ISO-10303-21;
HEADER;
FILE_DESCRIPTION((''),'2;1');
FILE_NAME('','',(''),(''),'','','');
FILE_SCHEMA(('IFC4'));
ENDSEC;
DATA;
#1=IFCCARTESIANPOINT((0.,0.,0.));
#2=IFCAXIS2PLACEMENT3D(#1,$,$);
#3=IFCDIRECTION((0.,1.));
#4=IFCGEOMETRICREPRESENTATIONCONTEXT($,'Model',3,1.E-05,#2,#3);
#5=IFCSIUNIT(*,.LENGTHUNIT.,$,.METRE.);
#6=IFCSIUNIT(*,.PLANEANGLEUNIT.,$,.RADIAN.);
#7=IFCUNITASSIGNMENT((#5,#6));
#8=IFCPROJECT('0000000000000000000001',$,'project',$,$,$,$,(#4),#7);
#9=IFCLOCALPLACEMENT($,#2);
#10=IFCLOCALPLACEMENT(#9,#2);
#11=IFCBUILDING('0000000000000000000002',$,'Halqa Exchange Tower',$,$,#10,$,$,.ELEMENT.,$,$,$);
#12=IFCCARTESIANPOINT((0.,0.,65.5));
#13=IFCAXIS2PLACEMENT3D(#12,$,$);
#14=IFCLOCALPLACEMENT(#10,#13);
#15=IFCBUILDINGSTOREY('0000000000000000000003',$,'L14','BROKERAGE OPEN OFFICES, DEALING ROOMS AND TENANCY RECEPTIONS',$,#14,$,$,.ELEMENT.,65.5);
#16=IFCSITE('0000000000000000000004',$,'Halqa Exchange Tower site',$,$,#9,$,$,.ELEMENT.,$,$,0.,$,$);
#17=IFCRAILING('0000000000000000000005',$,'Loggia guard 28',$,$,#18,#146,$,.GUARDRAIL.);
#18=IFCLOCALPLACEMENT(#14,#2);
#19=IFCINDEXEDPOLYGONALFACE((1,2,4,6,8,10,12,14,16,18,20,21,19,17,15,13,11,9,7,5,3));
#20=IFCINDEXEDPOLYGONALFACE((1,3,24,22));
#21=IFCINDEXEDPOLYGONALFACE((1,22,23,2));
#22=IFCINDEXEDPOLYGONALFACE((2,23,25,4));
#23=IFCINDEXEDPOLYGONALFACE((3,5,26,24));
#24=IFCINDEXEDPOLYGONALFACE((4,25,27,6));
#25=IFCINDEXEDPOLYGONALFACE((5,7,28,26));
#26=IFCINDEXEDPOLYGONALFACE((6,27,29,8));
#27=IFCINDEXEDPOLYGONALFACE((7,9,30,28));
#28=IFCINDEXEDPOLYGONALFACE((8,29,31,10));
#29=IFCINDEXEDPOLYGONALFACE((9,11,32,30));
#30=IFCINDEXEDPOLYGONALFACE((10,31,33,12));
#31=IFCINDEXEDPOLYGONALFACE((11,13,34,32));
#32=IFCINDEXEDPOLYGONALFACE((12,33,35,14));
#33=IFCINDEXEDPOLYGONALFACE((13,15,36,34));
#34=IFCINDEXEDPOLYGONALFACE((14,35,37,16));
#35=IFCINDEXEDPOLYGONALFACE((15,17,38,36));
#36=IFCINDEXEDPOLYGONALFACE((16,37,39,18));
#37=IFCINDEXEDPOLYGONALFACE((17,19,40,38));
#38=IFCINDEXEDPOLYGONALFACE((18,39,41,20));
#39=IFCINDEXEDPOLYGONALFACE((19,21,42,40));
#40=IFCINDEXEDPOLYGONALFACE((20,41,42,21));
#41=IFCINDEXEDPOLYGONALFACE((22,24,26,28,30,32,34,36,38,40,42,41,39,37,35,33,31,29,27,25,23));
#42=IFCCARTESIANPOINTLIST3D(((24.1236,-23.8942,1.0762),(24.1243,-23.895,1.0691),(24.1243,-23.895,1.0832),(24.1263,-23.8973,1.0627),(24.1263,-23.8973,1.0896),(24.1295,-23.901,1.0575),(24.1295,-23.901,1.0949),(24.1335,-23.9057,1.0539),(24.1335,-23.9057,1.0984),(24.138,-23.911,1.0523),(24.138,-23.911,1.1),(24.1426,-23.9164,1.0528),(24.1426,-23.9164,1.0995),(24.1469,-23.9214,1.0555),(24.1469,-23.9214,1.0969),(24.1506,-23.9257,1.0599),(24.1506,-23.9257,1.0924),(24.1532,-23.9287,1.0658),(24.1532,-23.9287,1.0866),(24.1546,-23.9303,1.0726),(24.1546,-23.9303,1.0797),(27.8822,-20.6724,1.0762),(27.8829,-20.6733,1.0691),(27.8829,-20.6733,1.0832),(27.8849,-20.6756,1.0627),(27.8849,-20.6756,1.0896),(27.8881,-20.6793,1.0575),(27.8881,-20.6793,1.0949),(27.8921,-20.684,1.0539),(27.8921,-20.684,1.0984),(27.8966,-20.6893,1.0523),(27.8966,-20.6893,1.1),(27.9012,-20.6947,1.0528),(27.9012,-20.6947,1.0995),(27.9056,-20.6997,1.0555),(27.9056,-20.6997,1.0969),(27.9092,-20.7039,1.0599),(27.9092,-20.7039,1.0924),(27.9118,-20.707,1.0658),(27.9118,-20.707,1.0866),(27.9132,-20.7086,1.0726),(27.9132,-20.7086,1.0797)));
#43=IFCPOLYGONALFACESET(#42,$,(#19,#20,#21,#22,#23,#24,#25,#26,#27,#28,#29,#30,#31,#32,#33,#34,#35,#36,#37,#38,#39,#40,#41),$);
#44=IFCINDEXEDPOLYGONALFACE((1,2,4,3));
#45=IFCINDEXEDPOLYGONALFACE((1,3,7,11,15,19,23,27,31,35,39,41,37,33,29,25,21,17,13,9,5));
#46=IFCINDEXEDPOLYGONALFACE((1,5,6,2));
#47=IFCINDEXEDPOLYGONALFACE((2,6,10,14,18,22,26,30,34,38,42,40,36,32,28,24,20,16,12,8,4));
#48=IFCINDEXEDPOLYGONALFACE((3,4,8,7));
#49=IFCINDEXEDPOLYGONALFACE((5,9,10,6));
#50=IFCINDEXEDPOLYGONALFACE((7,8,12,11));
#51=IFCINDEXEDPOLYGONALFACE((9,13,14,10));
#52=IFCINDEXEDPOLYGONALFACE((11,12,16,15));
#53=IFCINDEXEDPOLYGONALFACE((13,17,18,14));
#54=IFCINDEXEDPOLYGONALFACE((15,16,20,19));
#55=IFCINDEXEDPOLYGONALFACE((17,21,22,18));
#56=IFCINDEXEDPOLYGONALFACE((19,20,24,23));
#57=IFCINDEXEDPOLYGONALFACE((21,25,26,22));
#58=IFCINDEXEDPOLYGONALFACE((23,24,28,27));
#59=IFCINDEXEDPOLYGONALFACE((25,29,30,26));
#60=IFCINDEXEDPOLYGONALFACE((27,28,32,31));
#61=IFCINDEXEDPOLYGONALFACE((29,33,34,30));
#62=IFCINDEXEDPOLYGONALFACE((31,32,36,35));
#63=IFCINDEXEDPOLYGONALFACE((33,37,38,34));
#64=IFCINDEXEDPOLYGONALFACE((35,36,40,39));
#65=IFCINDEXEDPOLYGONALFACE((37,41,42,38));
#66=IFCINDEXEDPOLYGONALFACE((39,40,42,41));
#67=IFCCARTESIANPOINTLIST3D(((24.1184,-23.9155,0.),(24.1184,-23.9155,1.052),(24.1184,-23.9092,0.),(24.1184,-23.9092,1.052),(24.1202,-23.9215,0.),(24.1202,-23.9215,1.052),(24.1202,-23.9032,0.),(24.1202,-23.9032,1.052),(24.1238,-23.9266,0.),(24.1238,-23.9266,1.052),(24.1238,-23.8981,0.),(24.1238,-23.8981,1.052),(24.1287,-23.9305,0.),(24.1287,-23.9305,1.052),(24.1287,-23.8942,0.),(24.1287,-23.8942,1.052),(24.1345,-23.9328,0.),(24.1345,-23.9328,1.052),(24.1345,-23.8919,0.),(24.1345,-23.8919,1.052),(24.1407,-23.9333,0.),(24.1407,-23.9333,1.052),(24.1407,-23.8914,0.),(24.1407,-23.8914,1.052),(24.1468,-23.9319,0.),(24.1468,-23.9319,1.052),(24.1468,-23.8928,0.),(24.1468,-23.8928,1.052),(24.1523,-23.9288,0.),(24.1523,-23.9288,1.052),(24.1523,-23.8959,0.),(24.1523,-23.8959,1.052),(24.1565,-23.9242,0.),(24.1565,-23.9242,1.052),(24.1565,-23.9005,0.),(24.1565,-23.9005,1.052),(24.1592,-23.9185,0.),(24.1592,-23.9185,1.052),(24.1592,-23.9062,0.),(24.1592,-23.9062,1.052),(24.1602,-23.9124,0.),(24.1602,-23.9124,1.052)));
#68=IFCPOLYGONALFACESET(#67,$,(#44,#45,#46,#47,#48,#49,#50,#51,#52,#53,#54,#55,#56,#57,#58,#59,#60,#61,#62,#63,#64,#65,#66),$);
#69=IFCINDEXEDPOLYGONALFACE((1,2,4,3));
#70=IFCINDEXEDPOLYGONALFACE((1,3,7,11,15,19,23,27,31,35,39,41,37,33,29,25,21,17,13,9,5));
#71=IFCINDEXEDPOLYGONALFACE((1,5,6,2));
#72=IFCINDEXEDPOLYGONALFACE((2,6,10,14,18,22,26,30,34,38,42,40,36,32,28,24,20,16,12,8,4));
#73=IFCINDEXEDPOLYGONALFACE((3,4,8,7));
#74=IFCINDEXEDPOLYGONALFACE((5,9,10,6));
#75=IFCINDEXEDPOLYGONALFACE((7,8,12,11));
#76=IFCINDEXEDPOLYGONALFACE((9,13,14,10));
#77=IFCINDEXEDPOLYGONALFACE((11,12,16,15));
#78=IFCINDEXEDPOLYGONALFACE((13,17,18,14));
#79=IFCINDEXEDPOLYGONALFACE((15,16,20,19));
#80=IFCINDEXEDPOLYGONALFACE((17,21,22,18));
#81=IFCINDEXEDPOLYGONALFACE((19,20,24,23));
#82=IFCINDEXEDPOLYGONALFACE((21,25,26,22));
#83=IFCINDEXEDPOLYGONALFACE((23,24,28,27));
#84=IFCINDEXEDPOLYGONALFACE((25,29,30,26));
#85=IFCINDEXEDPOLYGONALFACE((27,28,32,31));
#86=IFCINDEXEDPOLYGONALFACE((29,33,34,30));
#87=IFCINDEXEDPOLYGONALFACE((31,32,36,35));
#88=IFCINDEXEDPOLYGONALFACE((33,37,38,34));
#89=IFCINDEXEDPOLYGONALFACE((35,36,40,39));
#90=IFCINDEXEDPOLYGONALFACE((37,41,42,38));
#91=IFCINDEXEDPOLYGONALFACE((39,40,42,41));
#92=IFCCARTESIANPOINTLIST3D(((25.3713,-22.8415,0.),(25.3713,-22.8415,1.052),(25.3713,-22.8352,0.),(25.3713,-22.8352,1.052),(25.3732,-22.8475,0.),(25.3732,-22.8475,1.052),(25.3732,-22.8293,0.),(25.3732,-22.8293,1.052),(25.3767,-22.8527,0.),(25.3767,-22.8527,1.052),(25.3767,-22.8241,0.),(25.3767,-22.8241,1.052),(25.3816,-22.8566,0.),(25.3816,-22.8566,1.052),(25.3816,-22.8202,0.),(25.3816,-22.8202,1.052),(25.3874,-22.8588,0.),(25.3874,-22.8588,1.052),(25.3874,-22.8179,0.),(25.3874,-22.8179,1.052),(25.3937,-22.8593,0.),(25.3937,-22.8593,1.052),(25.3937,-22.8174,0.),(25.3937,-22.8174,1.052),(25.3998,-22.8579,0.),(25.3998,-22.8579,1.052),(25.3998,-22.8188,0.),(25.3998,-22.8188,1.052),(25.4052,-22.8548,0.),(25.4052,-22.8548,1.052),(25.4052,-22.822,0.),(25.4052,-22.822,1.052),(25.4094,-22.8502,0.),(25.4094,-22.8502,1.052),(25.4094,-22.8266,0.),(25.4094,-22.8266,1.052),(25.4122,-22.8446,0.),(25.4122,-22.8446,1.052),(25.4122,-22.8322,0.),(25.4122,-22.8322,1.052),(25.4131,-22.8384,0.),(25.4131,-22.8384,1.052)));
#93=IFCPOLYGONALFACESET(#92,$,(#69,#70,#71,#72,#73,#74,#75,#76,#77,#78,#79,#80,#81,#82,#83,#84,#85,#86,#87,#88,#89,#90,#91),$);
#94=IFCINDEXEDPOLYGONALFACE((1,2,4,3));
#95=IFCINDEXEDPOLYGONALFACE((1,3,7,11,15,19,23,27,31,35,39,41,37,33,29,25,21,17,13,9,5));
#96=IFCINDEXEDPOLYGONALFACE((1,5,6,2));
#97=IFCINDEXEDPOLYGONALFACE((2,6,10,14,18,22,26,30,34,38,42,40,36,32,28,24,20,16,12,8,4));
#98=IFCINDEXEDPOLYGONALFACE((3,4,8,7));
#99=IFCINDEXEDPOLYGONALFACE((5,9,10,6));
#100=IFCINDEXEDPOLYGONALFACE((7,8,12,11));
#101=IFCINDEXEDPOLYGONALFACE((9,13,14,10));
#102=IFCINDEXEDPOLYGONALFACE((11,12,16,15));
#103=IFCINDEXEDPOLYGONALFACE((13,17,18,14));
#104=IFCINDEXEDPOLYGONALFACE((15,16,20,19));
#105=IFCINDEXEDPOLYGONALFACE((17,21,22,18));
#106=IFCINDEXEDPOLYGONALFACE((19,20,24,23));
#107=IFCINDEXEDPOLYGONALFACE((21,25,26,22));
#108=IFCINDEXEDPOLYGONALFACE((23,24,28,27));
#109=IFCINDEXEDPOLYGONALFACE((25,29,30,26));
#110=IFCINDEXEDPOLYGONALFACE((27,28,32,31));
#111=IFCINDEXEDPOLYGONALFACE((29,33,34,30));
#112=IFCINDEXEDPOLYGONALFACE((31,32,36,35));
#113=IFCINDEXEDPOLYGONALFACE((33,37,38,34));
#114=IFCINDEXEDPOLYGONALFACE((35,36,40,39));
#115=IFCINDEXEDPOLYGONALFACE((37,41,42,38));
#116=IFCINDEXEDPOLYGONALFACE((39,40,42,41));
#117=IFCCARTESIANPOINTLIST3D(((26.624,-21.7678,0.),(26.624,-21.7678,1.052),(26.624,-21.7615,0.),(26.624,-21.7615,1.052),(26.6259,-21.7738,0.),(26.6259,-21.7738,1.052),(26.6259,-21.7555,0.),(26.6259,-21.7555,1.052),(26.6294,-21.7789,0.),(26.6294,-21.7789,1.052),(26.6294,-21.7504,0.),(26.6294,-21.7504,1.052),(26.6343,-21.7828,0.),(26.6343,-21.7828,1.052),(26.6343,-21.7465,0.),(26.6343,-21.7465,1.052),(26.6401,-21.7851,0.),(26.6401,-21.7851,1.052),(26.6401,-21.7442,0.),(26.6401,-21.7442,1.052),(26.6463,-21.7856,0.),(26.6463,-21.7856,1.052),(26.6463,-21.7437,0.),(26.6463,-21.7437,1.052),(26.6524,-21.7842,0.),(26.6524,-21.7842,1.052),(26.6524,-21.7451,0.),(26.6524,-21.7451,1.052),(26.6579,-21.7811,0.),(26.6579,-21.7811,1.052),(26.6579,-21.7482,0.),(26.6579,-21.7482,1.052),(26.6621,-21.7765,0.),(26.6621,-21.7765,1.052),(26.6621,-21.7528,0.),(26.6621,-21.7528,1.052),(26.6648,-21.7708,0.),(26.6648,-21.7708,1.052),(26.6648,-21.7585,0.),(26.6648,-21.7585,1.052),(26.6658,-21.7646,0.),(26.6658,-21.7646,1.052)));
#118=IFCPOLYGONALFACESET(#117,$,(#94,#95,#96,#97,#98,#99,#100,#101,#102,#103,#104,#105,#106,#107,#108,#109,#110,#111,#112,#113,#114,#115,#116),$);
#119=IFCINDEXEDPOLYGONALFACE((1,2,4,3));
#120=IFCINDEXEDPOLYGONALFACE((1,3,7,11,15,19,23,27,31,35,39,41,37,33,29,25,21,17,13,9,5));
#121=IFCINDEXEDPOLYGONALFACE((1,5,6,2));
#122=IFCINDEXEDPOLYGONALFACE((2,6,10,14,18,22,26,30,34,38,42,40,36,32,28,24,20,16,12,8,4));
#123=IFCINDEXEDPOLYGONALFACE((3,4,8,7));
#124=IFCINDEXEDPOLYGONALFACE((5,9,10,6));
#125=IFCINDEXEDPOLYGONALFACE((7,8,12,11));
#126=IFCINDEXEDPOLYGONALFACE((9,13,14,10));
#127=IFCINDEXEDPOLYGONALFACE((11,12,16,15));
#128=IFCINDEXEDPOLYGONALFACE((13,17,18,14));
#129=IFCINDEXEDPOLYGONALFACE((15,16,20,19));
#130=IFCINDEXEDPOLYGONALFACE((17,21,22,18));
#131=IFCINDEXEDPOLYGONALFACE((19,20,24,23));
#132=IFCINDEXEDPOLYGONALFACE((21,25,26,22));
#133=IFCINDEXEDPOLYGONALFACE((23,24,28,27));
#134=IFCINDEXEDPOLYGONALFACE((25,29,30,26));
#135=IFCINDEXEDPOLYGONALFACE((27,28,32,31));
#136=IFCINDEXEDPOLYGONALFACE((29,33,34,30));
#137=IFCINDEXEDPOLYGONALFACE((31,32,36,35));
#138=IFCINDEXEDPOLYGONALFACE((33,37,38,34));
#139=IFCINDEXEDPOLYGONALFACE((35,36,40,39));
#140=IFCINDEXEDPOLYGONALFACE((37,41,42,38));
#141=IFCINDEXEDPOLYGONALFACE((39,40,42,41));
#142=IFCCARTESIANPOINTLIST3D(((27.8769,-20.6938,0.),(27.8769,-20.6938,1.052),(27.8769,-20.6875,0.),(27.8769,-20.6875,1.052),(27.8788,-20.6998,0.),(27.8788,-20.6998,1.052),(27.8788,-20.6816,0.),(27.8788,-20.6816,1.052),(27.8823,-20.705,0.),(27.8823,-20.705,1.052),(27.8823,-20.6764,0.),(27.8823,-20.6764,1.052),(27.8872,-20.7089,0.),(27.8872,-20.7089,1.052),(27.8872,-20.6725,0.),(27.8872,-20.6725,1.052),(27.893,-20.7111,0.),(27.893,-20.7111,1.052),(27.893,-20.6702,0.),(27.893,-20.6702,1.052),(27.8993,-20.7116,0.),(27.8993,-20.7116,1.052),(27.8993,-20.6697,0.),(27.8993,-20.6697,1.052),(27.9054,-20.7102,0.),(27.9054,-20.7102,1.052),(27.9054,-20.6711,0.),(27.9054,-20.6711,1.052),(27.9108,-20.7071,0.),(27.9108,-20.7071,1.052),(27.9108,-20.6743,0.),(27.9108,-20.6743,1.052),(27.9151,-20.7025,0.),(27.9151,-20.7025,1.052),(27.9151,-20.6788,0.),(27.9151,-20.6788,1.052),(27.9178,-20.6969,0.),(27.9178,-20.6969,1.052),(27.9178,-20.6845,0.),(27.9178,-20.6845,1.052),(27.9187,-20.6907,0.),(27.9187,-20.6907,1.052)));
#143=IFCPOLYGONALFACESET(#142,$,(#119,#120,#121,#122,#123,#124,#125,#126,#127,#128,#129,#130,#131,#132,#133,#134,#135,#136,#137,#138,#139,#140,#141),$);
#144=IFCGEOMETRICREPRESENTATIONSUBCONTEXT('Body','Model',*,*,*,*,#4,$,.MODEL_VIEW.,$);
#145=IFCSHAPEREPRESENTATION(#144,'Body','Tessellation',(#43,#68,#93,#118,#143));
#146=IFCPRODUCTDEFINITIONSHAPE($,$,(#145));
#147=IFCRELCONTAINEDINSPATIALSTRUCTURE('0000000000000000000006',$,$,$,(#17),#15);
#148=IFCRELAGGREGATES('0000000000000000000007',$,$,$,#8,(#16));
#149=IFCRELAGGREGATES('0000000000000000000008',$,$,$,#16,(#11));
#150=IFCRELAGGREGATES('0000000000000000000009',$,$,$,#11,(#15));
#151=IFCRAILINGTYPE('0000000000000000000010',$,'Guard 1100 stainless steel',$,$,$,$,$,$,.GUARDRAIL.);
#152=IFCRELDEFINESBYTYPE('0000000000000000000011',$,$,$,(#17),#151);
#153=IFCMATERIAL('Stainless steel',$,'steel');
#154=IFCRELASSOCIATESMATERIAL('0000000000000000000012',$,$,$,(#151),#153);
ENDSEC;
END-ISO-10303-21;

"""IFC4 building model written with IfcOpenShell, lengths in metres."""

from ifc_helpers import new_model, si_unit, direction, frame, origin, origin_2d, place, context, subcontext, project, spatial, circle, extrude, material, type_object, element, save


model = new_model("IFC4")

# Units and contexts
model_context = context("Model", 3, precision=1e-05, world=origin(), true_north=direction((0.0, 1.0)))
body_context = subcontext(model_context, "Body", "Model", "MODEL_VIEW")
ifc_project = project(units=[si_unit("LENGTHUNIT", "METRE"), si_unit("PLANEANGLEUNIT", "RADIAN")], contexts=[model_context])

# Site, building, storey
site_placement = place(None, origin())
site = spatial("IfcSite", under=ifc_project, at=site_placement, Name="Halqa Exchange Tower site", CompositionType="ELEMENT", RefElevation=0.0)
building_placement = place(site_placement, origin())
building = spatial("IfcBuilding", under=site, at=building_placement, Name="Halqa Exchange Tower", CompositionType="ELEMENT")
storey_placement = place(building_placement, frame((0.0, 0.0, 65.5)))
storey = spatial("IfcBuildingStorey", under=building, at=storey_placement, Name="L14", Description="BROKERAGE OPEN OFFICES, DEALING ROOMS AND TENANCY RECEPTIONS", CompositionType="ELEMENT", Elevation=65.5)

# Railing
ifc_material_1 = material(Name="Stainless steel", Category="steel")
railing_type = type_object("IfcRailingType", Name="Guard 1100 stainless steel", PredefinedType="GUARDRAIL", material=ifc_material_1)
railing_1_placement = place(storey_placement, frame((24.1392, -23.9124, 0.0)))
element("IfcRailing", 1, at=railing_1_placement, inside=storey, type_object=railing_type, Name="Loggia guard 28", PredefinedType="GUARDRAIL", context=body_context, shape_type="SweptSolid", body=[
    extrude(circle(Radius=0.0239, at=origin_2d()), frame((0.0, 0.0, 1.0762), z_axis=(0.75925, 0.650799, 0.0), x_axis=(-0.650799, 0.75925, 0.0)), (0.0, 0.0, 1.0), 4.9504),
    extrude(circle(Radius=0.021, at=origin_2d()), origin(), (0.0, 0.0, 1.0), 1.052),
    extrude(circle(Radius=0.021, at=origin_2d()), frame((1.2529, 1.074, 0.0)), (0.0, 0.0, 1.0), 1.052),
    extrude(circle(Radius=0.021, at=origin_2d()), frame((2.5056, 2.1477, 0.0)), (0.0, 0.0, 1.0), 1.052),
    extrude(circle(Radius=0.021, at=origin_2d()), frame((3.7585, 3.2217, 0.0)), (0.0, 0.0, 1.0), 1.052),
])

save(model, "model.ifc")
